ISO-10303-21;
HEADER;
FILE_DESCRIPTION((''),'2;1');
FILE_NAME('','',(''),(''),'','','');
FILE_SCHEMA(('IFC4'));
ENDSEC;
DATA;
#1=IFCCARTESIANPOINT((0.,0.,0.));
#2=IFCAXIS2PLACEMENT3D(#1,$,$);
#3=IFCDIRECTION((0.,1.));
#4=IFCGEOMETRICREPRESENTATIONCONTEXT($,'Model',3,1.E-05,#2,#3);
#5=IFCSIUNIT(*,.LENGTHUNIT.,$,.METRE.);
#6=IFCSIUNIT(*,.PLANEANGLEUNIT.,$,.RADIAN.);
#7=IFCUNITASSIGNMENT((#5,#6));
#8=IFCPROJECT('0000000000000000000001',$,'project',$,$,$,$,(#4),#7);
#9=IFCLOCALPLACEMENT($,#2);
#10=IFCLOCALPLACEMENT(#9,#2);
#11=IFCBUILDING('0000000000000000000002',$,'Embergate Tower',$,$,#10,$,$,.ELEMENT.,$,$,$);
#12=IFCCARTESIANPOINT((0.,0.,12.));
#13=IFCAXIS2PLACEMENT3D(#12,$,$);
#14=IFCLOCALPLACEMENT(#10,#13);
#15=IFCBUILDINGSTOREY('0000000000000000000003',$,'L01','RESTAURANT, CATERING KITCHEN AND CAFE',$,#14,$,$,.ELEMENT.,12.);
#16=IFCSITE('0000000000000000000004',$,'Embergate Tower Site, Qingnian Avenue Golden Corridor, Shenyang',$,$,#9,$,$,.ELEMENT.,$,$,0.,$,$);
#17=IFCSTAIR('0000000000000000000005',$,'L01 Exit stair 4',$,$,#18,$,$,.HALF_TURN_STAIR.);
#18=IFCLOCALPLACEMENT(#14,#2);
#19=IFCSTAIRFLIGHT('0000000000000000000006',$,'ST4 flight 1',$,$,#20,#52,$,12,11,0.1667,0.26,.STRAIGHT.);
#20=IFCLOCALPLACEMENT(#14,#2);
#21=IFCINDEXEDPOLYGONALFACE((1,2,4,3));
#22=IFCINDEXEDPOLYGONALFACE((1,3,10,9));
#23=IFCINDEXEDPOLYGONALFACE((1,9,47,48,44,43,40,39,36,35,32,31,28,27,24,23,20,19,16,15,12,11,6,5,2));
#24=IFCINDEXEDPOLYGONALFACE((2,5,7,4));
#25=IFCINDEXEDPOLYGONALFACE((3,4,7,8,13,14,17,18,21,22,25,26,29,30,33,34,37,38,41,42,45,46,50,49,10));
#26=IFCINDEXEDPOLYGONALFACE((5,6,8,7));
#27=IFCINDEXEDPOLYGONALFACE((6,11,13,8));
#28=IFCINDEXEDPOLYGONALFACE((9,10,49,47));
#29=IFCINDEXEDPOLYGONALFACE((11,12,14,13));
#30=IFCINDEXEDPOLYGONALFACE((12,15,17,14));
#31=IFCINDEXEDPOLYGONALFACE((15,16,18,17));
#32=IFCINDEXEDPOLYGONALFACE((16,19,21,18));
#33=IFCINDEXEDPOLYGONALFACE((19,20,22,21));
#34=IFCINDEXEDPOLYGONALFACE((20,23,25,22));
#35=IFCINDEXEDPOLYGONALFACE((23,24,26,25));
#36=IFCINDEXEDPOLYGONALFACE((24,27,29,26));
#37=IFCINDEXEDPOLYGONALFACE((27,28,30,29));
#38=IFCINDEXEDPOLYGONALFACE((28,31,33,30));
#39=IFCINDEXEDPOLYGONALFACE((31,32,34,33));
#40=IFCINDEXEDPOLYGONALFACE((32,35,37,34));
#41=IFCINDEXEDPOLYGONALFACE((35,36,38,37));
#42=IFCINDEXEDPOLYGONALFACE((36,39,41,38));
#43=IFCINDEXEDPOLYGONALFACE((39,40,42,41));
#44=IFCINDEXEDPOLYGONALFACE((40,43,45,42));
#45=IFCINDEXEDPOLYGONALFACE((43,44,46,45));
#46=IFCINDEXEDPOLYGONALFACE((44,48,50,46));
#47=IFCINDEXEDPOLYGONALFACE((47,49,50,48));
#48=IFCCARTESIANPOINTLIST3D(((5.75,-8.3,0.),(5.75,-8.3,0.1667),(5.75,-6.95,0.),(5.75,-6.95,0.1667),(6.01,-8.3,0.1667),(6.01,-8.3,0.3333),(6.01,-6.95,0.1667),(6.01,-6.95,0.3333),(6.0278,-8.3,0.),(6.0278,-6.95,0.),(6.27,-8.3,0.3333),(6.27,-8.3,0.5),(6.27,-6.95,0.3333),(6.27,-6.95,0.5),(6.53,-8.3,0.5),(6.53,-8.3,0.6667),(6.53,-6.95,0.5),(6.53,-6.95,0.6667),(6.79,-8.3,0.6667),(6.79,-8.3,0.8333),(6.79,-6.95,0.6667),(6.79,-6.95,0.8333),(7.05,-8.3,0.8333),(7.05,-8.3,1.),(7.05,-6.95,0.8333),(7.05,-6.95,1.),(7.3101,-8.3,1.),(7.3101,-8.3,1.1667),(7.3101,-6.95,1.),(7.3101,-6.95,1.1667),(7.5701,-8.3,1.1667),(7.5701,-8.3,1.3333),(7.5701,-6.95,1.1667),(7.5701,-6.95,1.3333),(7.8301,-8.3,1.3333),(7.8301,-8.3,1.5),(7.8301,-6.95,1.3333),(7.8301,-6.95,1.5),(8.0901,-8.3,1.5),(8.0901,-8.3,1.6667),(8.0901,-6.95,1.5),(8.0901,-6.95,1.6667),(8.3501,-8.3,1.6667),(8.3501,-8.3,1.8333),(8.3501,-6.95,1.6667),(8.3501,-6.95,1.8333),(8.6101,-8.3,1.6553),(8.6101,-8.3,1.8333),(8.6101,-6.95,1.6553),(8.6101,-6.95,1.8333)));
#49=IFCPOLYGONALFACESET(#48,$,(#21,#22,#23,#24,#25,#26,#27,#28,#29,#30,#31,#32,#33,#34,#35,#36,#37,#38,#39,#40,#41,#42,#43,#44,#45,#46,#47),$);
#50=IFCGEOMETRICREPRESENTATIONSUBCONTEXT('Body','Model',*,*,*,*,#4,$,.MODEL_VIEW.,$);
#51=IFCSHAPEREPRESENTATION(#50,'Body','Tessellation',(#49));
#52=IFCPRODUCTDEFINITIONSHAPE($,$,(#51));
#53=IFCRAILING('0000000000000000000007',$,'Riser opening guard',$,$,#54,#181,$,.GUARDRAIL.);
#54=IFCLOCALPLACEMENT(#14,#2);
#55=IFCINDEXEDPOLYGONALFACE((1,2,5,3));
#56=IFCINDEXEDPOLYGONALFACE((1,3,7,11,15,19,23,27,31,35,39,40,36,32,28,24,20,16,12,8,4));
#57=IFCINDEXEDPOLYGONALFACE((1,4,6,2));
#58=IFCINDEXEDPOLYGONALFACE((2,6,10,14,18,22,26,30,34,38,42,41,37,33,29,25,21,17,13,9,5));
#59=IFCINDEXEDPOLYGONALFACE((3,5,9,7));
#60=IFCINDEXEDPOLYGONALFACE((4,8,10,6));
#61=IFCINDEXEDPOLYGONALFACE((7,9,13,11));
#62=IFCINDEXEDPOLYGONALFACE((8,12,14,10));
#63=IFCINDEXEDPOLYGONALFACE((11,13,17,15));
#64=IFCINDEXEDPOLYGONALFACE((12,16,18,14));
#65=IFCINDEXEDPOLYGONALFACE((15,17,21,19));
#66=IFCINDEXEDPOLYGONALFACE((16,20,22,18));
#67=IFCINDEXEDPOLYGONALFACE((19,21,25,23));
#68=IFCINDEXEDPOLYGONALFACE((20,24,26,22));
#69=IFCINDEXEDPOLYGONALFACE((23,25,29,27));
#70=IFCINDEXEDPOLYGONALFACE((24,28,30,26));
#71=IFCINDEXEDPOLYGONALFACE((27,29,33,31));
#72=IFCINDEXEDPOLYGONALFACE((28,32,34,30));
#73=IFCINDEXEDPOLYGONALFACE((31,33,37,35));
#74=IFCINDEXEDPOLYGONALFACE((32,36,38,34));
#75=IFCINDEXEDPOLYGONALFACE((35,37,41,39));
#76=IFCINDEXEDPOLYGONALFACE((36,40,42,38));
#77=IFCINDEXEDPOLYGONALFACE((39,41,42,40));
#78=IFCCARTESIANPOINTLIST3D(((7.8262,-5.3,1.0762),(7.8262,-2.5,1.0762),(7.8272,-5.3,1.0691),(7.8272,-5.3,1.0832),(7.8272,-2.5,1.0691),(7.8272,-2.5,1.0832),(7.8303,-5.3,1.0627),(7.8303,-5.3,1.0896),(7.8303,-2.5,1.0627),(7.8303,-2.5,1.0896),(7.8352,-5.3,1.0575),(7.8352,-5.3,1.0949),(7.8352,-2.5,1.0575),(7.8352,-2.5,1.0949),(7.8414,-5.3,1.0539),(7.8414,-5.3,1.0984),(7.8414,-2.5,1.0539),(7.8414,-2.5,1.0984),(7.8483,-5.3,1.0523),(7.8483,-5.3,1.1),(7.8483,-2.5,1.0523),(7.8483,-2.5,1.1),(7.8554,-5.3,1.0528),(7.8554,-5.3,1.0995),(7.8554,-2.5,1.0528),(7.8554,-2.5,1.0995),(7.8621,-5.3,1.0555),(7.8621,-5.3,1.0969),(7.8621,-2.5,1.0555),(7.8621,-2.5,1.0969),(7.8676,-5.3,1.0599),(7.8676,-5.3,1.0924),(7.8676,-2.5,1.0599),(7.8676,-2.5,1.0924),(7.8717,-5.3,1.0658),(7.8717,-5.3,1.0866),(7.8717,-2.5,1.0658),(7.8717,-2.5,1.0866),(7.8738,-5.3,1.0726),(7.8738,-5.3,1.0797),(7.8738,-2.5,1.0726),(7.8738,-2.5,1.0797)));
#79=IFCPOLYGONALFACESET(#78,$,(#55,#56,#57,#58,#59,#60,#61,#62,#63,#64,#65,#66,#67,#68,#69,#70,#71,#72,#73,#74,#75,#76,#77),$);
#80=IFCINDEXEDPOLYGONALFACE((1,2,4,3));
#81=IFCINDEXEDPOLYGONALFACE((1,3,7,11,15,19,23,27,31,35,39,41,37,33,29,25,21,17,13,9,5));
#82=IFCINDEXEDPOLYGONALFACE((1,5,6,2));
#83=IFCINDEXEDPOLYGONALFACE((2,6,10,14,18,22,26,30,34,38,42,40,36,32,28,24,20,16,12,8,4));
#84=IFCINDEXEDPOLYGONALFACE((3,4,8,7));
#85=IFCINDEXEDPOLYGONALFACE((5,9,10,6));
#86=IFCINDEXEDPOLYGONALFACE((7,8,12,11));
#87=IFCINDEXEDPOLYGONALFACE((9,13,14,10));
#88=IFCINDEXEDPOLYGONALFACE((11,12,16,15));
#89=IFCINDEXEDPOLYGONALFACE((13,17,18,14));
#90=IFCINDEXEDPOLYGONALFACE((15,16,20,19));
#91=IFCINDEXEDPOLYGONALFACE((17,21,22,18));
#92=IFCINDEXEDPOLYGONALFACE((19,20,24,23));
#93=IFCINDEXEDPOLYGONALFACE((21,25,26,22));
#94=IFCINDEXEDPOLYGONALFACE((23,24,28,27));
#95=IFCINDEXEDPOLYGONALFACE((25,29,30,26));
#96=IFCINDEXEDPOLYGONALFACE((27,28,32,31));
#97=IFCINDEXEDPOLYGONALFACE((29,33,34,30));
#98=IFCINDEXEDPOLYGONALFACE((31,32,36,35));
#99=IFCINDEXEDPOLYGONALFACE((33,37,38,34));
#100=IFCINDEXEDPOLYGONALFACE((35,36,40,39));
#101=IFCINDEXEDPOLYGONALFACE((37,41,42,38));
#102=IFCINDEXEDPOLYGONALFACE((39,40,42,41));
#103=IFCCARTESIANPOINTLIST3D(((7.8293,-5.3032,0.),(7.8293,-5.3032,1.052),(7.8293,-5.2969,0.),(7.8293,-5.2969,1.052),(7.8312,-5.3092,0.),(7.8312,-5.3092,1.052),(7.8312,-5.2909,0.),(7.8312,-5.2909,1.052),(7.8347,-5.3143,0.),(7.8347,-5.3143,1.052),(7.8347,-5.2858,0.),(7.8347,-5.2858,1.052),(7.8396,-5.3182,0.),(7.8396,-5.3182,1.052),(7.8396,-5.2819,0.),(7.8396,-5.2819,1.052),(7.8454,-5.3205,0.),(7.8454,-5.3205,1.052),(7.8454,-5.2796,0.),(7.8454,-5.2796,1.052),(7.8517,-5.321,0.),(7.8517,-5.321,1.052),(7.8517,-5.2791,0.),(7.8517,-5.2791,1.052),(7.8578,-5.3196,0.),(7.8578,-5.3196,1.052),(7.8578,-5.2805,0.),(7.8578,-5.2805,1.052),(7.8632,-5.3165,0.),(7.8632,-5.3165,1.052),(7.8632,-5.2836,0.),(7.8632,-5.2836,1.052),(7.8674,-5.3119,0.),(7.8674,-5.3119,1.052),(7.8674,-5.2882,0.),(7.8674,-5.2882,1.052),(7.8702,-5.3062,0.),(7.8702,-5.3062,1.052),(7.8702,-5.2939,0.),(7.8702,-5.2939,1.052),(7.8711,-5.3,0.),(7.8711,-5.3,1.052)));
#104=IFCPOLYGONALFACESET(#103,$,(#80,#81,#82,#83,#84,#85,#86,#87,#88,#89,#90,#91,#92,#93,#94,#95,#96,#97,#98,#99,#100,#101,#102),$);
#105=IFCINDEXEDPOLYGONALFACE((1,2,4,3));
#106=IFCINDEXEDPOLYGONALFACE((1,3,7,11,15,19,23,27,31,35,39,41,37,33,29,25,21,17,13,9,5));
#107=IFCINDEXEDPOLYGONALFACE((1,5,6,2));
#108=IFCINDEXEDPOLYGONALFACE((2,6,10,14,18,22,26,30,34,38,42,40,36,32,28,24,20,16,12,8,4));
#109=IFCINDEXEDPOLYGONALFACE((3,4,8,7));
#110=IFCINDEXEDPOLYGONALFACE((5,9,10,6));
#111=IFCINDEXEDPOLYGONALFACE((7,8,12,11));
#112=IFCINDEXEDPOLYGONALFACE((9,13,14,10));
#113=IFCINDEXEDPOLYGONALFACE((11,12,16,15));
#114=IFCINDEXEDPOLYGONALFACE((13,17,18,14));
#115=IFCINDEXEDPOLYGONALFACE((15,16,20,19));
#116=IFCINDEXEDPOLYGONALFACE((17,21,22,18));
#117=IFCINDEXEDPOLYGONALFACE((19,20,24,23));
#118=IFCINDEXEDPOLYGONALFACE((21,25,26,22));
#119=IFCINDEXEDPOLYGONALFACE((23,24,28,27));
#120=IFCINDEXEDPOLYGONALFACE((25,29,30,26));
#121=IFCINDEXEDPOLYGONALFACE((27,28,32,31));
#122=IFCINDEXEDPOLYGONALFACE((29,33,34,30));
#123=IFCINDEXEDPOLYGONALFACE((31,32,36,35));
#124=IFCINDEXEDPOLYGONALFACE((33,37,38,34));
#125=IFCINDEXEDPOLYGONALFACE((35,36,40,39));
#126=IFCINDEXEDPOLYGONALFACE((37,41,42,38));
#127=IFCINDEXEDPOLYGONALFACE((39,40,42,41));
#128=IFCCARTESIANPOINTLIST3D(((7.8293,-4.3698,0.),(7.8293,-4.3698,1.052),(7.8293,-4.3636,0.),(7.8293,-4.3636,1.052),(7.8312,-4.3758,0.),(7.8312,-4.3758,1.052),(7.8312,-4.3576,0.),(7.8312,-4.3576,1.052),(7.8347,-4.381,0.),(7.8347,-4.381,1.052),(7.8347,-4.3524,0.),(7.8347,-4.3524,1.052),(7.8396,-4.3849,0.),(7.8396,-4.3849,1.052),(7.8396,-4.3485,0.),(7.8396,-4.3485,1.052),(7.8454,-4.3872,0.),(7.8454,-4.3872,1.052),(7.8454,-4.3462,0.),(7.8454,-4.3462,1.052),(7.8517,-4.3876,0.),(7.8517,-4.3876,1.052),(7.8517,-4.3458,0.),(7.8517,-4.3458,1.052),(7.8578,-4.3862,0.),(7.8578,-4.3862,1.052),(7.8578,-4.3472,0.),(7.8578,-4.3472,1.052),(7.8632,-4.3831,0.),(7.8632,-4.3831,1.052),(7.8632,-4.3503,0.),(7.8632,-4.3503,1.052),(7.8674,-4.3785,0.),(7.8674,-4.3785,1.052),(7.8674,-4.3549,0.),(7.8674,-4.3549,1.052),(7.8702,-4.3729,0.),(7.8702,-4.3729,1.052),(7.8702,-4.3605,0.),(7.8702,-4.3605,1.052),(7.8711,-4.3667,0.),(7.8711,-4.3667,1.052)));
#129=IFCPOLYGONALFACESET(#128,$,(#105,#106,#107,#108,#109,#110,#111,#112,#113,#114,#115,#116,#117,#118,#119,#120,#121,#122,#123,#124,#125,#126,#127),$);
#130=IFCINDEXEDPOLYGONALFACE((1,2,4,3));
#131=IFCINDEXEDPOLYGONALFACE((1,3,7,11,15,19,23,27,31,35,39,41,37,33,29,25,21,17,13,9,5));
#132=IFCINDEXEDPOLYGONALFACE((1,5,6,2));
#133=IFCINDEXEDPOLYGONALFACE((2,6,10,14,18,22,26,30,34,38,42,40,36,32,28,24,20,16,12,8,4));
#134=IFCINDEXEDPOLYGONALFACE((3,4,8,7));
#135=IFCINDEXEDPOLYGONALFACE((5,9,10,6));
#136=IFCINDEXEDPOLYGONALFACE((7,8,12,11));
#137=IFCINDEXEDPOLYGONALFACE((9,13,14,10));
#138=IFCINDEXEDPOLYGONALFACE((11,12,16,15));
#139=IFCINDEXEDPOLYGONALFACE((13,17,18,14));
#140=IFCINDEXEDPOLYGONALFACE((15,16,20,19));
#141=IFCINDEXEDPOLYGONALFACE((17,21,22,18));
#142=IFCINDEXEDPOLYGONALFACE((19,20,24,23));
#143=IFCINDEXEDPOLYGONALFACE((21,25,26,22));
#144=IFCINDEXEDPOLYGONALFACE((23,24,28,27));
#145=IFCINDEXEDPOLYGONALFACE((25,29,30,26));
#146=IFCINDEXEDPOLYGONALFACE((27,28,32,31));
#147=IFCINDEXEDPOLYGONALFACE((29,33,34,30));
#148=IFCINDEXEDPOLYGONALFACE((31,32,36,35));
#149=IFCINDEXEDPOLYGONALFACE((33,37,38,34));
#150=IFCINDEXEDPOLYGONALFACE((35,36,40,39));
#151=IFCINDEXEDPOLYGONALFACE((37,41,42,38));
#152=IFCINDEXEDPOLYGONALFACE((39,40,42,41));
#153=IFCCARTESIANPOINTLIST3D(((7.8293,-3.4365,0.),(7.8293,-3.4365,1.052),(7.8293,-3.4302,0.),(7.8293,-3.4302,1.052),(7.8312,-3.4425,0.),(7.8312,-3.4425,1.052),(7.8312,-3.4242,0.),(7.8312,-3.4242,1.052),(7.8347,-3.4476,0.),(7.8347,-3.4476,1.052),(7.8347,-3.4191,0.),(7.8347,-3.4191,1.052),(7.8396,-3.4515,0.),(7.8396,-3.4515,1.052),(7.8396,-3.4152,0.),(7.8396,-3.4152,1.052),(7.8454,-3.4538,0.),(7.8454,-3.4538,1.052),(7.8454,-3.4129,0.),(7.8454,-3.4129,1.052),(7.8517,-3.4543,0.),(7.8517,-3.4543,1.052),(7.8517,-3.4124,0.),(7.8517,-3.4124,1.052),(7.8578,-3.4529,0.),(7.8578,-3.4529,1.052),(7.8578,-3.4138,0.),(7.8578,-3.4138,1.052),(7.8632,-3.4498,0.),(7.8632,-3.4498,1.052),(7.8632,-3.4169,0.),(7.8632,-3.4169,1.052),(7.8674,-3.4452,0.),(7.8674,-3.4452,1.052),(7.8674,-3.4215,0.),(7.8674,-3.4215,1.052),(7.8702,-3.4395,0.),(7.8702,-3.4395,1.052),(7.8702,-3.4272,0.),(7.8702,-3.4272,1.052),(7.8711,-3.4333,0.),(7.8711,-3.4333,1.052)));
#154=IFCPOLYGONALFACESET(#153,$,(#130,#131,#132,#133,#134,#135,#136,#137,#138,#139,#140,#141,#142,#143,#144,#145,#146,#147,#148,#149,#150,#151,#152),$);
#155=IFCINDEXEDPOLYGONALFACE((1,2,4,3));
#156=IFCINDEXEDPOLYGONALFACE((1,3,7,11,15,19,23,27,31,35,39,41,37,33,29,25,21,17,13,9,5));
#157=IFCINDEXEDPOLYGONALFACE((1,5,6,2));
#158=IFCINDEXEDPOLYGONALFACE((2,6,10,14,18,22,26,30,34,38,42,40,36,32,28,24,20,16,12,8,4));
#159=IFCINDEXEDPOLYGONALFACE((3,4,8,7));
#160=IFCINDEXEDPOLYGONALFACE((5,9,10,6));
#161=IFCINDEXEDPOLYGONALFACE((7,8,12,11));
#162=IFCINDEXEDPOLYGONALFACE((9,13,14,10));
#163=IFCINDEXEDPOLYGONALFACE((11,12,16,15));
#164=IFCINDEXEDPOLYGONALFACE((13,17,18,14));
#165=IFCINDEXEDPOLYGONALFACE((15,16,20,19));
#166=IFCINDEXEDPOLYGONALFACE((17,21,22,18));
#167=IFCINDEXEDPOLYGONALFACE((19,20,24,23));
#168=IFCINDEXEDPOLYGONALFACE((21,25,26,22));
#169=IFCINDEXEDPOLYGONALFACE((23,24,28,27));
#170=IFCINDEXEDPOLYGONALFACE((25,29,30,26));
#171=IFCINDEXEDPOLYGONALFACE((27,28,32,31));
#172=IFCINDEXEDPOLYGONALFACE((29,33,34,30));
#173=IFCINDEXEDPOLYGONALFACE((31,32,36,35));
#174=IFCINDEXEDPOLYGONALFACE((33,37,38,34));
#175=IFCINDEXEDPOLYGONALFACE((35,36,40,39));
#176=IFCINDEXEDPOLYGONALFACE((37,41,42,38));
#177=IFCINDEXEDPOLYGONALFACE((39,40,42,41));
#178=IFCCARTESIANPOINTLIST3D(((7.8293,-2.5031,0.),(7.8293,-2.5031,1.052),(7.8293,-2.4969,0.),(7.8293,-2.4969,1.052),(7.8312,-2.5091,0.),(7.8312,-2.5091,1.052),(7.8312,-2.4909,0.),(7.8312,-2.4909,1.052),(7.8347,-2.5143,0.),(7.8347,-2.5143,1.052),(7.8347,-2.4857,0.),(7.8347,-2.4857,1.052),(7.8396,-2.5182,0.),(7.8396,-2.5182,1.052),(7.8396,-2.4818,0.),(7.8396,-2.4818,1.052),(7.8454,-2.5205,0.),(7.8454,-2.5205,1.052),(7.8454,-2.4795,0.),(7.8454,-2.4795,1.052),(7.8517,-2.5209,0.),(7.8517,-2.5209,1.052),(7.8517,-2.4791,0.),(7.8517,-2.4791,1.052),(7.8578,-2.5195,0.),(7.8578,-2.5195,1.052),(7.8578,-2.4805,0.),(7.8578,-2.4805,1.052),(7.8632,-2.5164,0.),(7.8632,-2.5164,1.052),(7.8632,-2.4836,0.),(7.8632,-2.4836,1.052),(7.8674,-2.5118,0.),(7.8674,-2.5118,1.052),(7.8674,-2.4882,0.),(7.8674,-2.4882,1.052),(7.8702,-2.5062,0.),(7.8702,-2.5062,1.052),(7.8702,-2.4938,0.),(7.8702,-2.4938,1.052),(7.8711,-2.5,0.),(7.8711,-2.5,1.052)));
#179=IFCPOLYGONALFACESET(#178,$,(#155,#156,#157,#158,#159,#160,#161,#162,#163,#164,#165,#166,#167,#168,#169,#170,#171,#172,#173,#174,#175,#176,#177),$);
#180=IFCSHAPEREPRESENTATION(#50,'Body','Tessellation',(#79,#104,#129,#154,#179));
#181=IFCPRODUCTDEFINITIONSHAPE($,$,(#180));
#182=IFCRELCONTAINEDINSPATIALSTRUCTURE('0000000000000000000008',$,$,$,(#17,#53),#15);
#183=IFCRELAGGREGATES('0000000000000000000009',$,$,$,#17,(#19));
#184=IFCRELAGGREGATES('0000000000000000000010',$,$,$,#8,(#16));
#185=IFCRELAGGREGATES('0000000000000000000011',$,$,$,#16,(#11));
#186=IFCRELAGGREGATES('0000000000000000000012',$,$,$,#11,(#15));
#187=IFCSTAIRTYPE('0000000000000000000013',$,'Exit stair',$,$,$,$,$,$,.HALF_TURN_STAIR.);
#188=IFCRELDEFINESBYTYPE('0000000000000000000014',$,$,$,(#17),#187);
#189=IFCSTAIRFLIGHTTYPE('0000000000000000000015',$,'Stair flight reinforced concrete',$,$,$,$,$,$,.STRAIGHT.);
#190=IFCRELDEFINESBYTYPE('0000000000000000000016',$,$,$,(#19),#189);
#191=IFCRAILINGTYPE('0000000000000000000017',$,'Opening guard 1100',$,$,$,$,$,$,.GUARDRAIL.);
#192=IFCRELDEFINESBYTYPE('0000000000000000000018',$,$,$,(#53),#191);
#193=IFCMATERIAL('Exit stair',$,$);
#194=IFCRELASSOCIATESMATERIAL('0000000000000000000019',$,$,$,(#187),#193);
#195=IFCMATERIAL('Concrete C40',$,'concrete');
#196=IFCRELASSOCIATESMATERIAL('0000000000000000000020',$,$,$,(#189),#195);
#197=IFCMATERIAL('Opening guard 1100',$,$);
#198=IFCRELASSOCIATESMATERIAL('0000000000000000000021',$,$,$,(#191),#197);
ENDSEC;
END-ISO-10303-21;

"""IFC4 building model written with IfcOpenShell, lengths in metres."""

from ifc_helpers import new_model, si_unit, direction, frame, origin, origin_2d, place, context, subcontext, project, spatial, polyline, circle, outline, extrude, source, transform, mapped, material, type_object, element, aggregate, save


model = new_model("IFC4")

# Units and contexts
model_context = context("Model", 3, precision=1e-05, world=origin(), true_north=direction((0.0, 1.0)))
body_context = subcontext(model_context, "Body", "Model", "MODEL_VIEW")
ifc_project = project(units=[si_unit("LENGTHUNIT", "METRE"), si_unit("PLANEANGLEUNIT", "RADIAN")], contexts=[model_context])

# Site, building, storey
site_placement = place(None, origin())
site = spatial("IfcSite", under=ifc_project, at=site_placement, Name="Embergate Tower Site, Qingnian Avenue Golden Corridor, Shenyang", CompositionType="ELEMENT", RefElevation=0.0)
building_placement = place(site_placement, origin())
building = spatial("IfcBuilding", under=site, at=building_placement, Name="Embergate Tower", CompositionType="ELEMENT")
storey_placement = place(building_placement, frame((0.0, 0.0, 12.0)))
storey = spatial("IfcBuildingStorey", under=building, at=storey_placement, Name="L01", Description="RESTAURANT, CATERING KITCHEN AND CAFE", CompositionType="ELEMENT", Elevation=12.0)

# Stair, stair flight
ifc_material_1 = material(Name="Exit stair")
stair_type = type_object("IfcStairType", Name="Exit stair", PredefinedType="HALF_TURN_STAIR", material=ifc_material_1)
stair_placement = place(storey_placement, origin())
stair = element("IfcStair", 1, at=stair_placement, inside=storey, type_object=stair_type, Name="L01 Exit stair 4", PredefinedType="HALF_TURN_STAIR")
ifc_material_2 = material(Name="Concrete C40", Category="concrete")
stair_flight_type = type_object("IfcStairFlightType", Name="Stair flight reinforced concrete", PredefinedType="STRAIGHT", material=ifc_material_2)
shared_shape_1 = source(origin(), body_context, "Body", "SweptSolid", [
    extrude(outline(polyline([(0.0, 0.0), (0.0, 0.1667), (0.26, 0.1667), (0.26, 0.3333), (0.52, 0.3333), (0.52, 0.5), (0.78, 0.5), (0.78, 0.6667), (1.04, 0.6667), (1.04, 0.8333), (1.3, 0.8333), (1.3, 1.0), (1.5601, 1.0), (1.5601, 1.1667), (1.8201, 1.1667), (1.8201, 1.3333), (2.0801, 1.3333), (2.0801, 1.5), (2.3401, 1.5), (2.3401, 1.6667), (2.6001, 1.6667), (2.6001, 1.8333), (2.8601, 1.8333), (2.8601, 2.0), (2.8601, 1.6553), (0.2778, 0.0), (0.0, 0.0)])), frame((0.0, 0.675, 0.0), z_axis=(0.0, -1.0, 0.0), x_axis=(1.0, 0.0, 0.0)), (0.0, 0.0, 1.0), 1.3501),
])
stair_flight_placement = place(storey_placement, frame((5.75, -7.625, 0.0), z_axis=(0.0, 0.0, 1.0), x_axis=(1.0, 0.0, 0.0)))
stair_flight = element("IfcStairFlight", 2, at=stair_flight_placement, type_object=stair_flight_type, Name="ST4 flight 1", NumberOfRisers=12, NumberOfTreads=11, PredefinedType="STRAIGHT", RiserHeight=0.1667, TreadLength=0.26, context=body_context, shape_type="MappedRepresentation", body=[
    mapped(shared_shape_1, transform((0.0, 0.0, 0.0))),
])
aggregate(stair, [stair_flight])

# Railing
ifc_material_3 = material(Name="Opening guard 1100")
railing_type_1 = type_object("IfcRailingType", Name="Opening guard 1100", PredefinedType="GUARDRAIL", material=ifc_material_3)
shared_shape_2 = source(origin(), body_context, "Body", "SweptSolid", [
    extrude(circle(Radius=0.0239, at=origin_2d()), frame((0.0, 0.0, 1.0762), z_axis=(0.0, 1.0, 0.0), x_axis=(-1.0, 0.0, 0.0)), (0.0, 0.0, 1.0), 2.8),
    extrude(circle(Radius=0.021, at=origin_2d()), origin(), (0.0, 0.0, 1.0), 1.052),
    extrude(circle(Radius=0.021, at=origin_2d()), frame((0.0, 0.9333, 0.0)), (0.0, 0.0, 1.0), 1.052),
    extrude(circle(Radius=0.021, at=origin_2d()), frame((0.0, 1.8667, 0.0)), (0.0, 0.0, 1.0), 1.052),
    extrude(circle(Radius=0.021, at=origin_2d()), frame((0.0, 2.8, 0.0)), (0.0, 0.0, 1.0), 1.052),
])
railing_1_placement = place(storey_placement, frame((7.8501, -5.3, 0.0)))
element("IfcRailing", 3, at=railing_1_placement, inside=storey, type_object=railing_type_1, Name="Riser opening guard", PredefinedType="GUARDRAIL", context=body_context, shape_type="MappedRepresentation", body=[
    mapped(shared_shape_2, transform((0.0, 0.0, 0.0))),
])

save(model, "model.ifc")
